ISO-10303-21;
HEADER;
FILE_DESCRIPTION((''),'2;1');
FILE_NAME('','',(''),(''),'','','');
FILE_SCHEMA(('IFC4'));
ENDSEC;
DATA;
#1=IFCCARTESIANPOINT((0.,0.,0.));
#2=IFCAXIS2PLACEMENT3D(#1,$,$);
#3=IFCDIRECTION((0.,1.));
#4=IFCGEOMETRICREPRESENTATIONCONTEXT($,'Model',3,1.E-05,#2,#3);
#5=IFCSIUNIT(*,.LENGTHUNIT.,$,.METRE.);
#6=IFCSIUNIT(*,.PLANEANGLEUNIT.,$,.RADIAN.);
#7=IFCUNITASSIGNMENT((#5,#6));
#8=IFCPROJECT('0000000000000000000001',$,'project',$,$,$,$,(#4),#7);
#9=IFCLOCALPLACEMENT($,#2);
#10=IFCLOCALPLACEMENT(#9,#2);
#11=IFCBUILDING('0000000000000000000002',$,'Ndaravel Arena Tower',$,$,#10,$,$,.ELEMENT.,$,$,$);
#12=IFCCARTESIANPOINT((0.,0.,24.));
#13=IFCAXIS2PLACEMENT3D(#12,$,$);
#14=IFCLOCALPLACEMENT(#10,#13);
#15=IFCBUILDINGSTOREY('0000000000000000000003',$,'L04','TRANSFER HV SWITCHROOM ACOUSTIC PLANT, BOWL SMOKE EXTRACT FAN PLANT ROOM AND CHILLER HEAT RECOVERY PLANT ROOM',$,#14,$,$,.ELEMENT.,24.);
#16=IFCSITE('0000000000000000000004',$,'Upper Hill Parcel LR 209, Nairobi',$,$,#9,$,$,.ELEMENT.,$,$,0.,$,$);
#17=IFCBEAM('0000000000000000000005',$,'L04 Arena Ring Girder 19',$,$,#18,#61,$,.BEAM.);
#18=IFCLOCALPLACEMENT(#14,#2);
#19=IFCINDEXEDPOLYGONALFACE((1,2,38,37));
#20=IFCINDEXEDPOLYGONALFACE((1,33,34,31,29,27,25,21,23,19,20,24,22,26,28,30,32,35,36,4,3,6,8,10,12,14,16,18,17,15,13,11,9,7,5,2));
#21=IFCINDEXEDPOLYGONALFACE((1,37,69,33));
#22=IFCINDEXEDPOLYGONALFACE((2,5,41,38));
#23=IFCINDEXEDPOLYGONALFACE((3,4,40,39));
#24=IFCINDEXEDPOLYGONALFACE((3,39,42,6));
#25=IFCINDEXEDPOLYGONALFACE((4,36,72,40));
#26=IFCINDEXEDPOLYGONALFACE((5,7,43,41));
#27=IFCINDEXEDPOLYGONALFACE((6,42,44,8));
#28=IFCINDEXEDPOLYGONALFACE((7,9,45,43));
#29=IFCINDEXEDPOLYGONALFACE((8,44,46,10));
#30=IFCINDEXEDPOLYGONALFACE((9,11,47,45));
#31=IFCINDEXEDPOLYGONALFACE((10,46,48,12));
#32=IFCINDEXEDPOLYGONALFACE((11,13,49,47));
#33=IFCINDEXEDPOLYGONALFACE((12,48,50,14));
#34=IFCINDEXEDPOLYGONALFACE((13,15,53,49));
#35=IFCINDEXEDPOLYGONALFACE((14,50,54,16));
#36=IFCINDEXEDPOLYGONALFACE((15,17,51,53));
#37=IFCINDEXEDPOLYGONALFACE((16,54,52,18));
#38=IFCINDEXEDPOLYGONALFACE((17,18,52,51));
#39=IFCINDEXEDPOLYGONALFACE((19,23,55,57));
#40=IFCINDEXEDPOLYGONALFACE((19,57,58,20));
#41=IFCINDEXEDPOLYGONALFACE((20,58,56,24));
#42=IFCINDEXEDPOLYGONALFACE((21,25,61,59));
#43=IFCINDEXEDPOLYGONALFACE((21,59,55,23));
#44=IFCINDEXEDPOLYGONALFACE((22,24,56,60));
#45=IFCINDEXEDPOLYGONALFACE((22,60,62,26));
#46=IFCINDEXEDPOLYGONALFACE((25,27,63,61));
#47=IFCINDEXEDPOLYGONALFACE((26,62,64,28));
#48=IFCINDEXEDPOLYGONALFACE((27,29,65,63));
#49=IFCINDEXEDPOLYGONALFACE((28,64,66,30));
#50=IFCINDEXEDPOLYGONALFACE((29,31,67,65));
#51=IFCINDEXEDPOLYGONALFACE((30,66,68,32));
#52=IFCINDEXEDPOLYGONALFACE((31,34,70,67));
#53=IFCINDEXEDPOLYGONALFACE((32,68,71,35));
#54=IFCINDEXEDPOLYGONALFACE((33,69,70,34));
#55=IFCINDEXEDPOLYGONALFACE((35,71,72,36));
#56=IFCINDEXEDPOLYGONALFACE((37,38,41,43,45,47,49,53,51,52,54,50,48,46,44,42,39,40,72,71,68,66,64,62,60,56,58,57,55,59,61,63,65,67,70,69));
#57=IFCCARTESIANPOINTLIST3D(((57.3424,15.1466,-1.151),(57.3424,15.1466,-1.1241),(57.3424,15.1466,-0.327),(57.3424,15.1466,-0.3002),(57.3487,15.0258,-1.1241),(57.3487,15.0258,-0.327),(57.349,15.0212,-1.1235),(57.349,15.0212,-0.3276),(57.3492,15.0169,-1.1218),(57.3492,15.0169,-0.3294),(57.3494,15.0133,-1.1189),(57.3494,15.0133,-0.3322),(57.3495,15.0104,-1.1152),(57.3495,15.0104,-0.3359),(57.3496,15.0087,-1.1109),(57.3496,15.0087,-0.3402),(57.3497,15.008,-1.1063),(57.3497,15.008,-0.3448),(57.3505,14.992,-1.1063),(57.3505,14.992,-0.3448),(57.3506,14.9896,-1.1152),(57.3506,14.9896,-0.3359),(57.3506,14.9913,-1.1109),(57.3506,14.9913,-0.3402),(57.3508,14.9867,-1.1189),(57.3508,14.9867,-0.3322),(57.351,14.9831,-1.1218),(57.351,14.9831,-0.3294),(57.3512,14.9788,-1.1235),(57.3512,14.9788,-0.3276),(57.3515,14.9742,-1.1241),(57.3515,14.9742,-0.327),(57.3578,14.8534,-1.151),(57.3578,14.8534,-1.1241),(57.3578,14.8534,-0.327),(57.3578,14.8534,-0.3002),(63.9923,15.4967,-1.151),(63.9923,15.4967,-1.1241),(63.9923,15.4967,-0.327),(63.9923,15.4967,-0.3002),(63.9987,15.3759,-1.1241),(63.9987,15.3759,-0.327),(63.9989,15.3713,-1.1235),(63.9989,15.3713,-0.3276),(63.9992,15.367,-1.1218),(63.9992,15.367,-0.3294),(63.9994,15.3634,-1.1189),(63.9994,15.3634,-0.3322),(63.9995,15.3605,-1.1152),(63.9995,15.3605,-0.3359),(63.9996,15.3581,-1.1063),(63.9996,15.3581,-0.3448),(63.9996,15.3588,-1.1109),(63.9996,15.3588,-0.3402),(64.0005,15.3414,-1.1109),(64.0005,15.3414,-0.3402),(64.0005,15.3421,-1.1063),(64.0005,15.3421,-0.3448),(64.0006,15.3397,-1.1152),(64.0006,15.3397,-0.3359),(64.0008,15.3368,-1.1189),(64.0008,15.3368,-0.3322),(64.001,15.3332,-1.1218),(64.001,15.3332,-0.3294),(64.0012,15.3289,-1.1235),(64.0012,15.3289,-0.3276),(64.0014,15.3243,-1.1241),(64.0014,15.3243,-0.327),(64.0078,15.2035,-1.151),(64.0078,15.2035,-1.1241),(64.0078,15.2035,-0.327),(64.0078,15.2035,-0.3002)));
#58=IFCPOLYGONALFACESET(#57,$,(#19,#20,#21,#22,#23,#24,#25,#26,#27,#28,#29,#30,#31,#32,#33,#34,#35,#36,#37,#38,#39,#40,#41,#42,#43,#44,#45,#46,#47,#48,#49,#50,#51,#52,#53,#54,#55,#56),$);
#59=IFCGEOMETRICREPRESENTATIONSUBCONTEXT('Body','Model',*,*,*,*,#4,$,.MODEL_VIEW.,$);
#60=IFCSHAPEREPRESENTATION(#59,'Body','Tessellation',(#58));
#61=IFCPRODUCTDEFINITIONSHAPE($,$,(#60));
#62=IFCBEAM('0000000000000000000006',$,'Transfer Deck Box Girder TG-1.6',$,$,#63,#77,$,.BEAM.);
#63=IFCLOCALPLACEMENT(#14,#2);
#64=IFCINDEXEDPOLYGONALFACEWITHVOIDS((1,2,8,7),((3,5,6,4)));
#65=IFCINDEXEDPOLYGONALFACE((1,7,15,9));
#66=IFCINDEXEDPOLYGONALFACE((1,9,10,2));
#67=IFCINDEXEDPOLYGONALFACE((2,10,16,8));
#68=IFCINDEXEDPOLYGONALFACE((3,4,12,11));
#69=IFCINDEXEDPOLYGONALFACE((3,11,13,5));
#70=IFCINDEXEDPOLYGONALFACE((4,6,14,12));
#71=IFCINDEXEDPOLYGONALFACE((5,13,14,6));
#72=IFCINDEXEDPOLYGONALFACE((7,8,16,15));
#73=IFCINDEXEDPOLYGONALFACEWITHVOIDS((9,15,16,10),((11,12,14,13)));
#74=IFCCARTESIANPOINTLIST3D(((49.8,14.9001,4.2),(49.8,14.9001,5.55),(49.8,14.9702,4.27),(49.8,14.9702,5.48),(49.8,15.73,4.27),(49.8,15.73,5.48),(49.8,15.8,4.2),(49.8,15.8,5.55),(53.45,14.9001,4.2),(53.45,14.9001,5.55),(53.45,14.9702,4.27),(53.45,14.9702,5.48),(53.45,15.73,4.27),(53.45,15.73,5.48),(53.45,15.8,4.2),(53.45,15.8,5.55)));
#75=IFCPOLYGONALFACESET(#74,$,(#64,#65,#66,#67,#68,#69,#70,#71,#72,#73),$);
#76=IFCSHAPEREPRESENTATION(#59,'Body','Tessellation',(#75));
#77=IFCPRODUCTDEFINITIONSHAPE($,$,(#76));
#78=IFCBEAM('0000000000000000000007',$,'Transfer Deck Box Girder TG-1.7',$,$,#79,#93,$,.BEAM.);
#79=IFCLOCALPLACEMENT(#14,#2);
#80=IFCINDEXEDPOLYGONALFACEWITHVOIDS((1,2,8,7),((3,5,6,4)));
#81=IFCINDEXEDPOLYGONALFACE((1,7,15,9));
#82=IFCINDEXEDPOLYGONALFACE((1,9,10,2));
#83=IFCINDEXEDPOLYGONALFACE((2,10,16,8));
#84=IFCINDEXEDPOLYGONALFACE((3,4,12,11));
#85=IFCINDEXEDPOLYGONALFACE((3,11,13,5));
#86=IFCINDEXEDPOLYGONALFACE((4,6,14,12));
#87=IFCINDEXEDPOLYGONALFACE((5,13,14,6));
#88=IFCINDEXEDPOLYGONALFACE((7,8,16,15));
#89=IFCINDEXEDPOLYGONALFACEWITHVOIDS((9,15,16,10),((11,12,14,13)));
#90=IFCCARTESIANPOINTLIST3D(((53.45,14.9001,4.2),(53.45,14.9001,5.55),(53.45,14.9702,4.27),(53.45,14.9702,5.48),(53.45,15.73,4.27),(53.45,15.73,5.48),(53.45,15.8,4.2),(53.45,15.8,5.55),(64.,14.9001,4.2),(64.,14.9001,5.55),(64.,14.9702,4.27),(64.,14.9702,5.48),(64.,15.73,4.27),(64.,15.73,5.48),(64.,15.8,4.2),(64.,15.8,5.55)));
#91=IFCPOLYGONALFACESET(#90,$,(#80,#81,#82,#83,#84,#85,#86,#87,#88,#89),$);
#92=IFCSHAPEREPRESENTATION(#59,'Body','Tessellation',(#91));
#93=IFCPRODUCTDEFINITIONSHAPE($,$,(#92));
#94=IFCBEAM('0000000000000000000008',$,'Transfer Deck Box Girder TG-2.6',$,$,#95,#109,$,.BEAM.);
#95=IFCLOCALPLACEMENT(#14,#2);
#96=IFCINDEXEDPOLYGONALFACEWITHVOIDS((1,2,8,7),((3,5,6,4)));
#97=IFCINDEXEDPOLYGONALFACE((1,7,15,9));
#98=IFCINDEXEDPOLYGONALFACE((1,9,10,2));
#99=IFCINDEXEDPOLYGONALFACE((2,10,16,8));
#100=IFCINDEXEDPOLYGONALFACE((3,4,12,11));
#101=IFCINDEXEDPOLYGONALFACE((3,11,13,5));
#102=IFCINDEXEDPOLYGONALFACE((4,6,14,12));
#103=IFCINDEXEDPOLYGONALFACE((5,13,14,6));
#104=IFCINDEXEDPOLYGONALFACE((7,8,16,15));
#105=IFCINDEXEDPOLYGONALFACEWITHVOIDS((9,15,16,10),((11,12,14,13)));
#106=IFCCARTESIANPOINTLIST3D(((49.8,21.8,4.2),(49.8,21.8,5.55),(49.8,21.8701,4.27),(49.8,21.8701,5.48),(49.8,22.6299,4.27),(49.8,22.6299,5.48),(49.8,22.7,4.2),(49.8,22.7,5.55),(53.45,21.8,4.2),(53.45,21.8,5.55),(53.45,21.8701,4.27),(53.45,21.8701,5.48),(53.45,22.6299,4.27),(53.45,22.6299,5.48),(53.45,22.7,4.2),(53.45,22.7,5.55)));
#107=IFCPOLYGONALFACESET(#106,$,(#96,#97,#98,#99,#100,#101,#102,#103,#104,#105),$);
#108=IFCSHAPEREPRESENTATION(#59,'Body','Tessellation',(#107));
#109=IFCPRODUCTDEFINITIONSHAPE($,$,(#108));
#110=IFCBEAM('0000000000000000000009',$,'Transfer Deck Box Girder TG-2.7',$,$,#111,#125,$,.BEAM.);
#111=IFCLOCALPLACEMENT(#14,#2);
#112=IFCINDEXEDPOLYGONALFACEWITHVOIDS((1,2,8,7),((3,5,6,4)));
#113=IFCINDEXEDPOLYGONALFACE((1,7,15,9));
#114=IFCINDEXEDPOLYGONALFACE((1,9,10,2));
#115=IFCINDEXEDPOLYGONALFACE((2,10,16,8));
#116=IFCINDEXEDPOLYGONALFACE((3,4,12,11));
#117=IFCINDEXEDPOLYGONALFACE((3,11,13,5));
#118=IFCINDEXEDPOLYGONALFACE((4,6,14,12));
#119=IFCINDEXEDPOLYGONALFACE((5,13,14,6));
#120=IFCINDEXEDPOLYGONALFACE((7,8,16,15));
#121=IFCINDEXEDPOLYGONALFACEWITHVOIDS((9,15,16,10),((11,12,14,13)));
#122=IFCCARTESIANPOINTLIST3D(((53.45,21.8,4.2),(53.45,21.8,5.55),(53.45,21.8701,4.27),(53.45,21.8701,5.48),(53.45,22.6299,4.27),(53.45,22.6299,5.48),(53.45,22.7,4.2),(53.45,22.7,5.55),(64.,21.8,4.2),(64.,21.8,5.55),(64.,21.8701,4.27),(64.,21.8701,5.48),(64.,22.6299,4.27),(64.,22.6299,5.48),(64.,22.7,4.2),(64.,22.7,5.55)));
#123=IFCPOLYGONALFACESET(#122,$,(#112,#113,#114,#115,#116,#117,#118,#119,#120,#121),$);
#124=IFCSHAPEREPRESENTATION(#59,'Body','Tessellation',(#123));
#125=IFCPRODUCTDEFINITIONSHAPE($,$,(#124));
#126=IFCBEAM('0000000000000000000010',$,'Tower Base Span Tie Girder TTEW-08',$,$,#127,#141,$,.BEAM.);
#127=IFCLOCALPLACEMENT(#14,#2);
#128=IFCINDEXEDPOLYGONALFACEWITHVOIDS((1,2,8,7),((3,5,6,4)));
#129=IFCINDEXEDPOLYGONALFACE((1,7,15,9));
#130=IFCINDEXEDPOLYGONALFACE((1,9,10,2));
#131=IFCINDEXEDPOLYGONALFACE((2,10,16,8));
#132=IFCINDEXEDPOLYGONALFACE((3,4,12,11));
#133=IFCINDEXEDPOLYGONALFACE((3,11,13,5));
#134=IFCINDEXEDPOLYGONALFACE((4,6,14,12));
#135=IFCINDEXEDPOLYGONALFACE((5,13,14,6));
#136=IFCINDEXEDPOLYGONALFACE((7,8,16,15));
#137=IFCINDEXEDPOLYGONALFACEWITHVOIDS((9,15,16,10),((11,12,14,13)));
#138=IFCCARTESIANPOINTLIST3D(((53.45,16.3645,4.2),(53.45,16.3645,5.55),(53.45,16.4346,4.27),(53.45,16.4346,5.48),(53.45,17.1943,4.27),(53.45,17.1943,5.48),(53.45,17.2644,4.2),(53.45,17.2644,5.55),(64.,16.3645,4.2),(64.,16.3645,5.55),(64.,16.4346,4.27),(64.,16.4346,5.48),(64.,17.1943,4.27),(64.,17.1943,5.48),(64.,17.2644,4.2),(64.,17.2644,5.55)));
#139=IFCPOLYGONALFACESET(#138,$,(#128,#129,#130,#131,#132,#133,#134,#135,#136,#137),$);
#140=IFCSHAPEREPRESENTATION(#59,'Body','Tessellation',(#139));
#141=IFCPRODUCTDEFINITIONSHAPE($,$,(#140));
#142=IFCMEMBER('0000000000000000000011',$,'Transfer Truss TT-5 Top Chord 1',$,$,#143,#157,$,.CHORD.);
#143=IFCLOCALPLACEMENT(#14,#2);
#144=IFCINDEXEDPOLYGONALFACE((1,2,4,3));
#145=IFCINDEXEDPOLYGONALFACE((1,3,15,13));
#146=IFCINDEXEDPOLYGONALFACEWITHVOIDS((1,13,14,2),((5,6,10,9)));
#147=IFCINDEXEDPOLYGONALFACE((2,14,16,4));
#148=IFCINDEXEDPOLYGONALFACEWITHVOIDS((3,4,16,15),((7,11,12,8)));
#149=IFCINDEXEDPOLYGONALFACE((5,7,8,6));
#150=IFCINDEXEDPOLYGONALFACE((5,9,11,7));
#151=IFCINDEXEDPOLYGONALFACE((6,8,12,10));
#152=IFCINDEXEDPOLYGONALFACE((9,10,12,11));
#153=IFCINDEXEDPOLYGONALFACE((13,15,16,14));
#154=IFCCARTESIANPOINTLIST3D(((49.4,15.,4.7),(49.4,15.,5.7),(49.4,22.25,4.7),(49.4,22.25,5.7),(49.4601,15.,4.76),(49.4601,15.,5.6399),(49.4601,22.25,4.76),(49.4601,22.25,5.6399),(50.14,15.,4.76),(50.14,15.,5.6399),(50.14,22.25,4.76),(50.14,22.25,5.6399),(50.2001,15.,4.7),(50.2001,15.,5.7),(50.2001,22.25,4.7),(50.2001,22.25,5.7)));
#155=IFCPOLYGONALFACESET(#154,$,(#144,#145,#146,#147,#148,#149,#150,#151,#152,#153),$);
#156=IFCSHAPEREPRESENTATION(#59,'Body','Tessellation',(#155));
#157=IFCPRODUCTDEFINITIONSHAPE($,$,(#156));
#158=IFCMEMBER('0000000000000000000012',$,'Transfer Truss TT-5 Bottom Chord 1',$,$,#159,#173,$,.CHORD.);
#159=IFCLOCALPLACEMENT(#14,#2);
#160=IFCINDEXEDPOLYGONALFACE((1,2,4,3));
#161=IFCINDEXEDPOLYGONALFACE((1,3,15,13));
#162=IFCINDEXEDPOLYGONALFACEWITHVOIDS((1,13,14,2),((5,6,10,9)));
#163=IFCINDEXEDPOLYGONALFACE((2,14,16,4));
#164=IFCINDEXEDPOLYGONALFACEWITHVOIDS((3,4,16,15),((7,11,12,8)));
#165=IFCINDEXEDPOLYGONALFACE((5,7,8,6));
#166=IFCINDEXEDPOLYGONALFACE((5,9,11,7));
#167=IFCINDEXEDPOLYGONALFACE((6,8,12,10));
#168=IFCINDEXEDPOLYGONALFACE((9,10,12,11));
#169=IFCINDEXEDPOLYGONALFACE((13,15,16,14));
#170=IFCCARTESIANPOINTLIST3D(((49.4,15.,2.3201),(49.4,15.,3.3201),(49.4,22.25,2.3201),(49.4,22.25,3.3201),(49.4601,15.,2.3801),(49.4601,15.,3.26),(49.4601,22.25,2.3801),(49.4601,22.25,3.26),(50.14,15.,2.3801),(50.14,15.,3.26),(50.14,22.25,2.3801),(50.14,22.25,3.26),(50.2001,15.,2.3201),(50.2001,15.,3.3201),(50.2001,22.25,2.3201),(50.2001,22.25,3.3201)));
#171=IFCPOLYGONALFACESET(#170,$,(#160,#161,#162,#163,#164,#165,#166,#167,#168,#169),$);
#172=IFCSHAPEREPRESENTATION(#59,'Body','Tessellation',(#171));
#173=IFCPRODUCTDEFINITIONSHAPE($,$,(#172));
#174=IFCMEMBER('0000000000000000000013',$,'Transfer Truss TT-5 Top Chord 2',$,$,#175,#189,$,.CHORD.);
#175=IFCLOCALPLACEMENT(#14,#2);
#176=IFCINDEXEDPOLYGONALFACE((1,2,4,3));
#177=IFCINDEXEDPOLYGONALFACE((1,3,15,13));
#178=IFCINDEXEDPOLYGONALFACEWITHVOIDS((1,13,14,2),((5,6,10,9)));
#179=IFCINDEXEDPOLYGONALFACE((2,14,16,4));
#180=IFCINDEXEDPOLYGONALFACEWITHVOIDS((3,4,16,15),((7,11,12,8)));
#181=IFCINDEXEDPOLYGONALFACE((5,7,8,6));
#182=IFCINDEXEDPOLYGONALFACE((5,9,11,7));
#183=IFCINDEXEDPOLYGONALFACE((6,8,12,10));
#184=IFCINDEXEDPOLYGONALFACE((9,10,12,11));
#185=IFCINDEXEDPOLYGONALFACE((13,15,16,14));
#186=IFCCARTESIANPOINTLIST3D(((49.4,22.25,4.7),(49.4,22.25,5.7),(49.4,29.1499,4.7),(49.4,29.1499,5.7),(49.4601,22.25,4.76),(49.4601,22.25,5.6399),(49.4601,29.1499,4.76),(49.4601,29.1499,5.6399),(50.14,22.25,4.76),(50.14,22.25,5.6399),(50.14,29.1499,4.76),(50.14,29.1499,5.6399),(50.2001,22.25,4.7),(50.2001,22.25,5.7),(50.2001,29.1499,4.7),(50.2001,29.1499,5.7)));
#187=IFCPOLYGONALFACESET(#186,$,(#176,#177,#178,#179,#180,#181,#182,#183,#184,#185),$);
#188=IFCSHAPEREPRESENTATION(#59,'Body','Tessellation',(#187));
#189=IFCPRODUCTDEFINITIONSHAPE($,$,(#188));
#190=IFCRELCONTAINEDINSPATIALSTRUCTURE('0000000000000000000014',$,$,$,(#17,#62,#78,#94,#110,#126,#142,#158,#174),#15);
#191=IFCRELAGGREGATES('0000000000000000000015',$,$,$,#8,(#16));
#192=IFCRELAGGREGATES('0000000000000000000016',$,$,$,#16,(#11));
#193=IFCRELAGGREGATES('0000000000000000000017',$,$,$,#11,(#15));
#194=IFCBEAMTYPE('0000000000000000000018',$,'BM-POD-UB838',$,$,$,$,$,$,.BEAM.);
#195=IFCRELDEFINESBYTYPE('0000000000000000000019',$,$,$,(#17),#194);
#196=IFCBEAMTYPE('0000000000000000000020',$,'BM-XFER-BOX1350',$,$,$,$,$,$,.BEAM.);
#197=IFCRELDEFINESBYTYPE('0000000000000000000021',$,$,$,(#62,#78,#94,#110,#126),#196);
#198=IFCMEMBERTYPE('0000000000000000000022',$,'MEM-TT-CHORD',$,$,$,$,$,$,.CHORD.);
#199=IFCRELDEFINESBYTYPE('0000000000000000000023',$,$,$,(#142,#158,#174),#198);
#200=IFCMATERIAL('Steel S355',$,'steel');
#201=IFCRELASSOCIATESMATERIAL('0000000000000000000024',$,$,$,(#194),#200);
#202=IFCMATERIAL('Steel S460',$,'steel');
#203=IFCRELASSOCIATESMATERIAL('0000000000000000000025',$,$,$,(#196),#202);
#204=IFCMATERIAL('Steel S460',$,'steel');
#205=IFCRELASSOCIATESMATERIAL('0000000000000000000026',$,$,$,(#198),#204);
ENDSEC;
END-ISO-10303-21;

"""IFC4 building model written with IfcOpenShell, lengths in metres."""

from ifc_helpers import new_model, si_unit, direction, frame, origin, origin_2d, place, context, subcontext, project, spatial, hollow_rectangle, i_section, extrude, material, material_profile, profile_set, type_object, element, save


model = new_model("IFC4")

# Units and contexts
model_context = context("Model", 3, precision=1e-05, world=origin(), true_north=direction((0.0, 1.0)))
body_context = subcontext(model_context, "Body", "Model", "MODEL_VIEW")
ifc_project = project(units=[si_unit("LENGTHUNIT", "METRE"), si_unit("PLANEANGLEUNIT", "RADIAN")], contexts=[model_context])

# Site, building, storey
site_placement = place(None, origin())
site = spatial("IfcSite", under=ifc_project, at=site_placement, Name="Upper Hill Parcel LR 209, Nairobi", CompositionType="ELEMENT", RefElevation=0.0)
building_placement = place(site_placement, origin())
building = spatial("IfcBuilding", under=site, at=building_placement, Name="Ndaravel Arena Tower", CompositionType="ELEMENT")
storey_placement = place(building_placement, frame((0.0, 0.0, 24.0)))
storey = spatial("IfcBuildingStorey", under=building, at=storey_placement, Name="L04", Description="TRANSFER HV SWITCHROOM ACOUSTIC PLANT, BOWL SMOKE EXTRACT FAN PLANT ROOM AND CHILLER HEAT RECOVERY PLANT ROOM", CompositionType="ELEMENT", Elevation=24.0)

# Beams
ifc_material_1 = material(Name="Steel S355", Category="steel")
ifc_material_profile_1 = material_profile(ifc_material_1, i_section(OverallWidth=0.2937, OverallDepth=0.8508, WebThickness=0.0161, FlangeThickness=0.0269, FilletRadius=0.0178, at=origin_2d()), Name="UB 838x292x226")
ifc_profile_set_1 = profile_set([ifc_material_profile_1], Name="Steel S355")
beam_type_1 = type_object("IfcBeamType", Name="BM-POD-UB838", PredefinedType="BEAM", material=ifc_profile_set_1)
beam_1_placement = place(storey_placement, frame((57.3501, 15.0, -0.7256), z_axis=(0.998617, 0.052574, 0.0), x_axis=(-0.052574, 0.998617, 0.0)))
element("IfcBeam", 1, at=beam_1_placement, inside=storey, type_object=beam_type_1, Name="L04 Arena Ring Girder 19", PredefinedType="BEAM", context=body_context, shape_type="SweptSolid", body=[
    extrude(i_section(OverallWidth=0.2937, OverallDepth=0.8508, WebThickness=0.0161, FlangeThickness=0.0269, FilletRadius=0.0178, at=origin_2d()), origin(), (0.0, 0.0, 1.0), 6.6592),
])
ifc_material_2 = material(Name="Steel S460", Category="steel")
ifc_material_profile_2 = material_profile(ifc_material_2, hollow_rectangle(XDim=0.8999, YDim=1.3501, WallThickness=0.0701, at=origin_2d()), Name="BOX 1350x900x70")
ifc_profile_set_2 = profile_set([ifc_material_profile_2], Name="Steel S460")
beam_type_2 = type_object("IfcBeamType", Name="BM-XFER-BOX1350", PredefinedType="BEAM", material=ifc_profile_set_2)
beam_2_placement = place(storey_placement, frame((49.8, 15.3501, 4.875), z_axis=(1.0, 0.0, 0.0), x_axis=(0.0, 1.0, 0.0)))
element("IfcBeam", 2, at=beam_2_placement, inside=storey, type_object=beam_type_2, Name="Transfer Deck Box Girder TG-1.6", PredefinedType="BEAM", context=body_context, shape_type="SweptSolid", body=[
    extrude(hollow_rectangle(XDim=0.8999, YDim=1.3501, WallThickness=0.0701, at=origin_2d()), origin(), (0.0, 0.0, 1.0), 3.6499),
])
beam_3_placement = place(storey_placement, frame((53.45, 15.3501, 4.875), z_axis=(1.0, 0.0, 0.0), x_axis=(0.0, 1.0, 0.0)))
element("IfcBeam", 3, at=beam_3_placement, inside=storey, type_object=beam_type_2, Name="Transfer Deck Box Girder TG-1.7", PredefinedType="BEAM", context=body_context, shape_type="SweptSolid", body=[
    extrude(hollow_rectangle(XDim=0.8999, YDim=1.3501, WallThickness=0.0701, at=origin_2d()), origin(), (0.0, 0.0, 1.0), 10.55),
])
beam_4_placement = place(storey_placement, frame((49.8, 22.25, 4.875), z_axis=(1.0, 0.0, 0.0), x_axis=(0.0, 1.0, 0.0)))
element("IfcBeam", 4, at=beam_4_placement, inside=storey, type_object=beam_type_2, Name="Transfer Deck Box Girder TG-2.6", PredefinedType="BEAM", context=body_context, shape_type="SweptSolid", body=[
    extrude(hollow_rectangle(XDim=0.8999, YDim=1.3501, WallThickness=0.0701, at=origin_2d()), origin(), (0.0, 0.0, 1.0), 3.6499),
])
for number, where, z_axis, x_axis, name in (
    (5, (53.45, 22.25, 4.875), (1.0, 0.0, 0.0), (0.0, 1.0, 0.0), "Transfer Deck Box Girder TG-2.7"),
    (6, (53.45, 16.8145, 4.875), (1.0, 0.0, 0.0), (0.0, 1.0, 0.0), "Tower Base Span Tie Girder TTEW-08"),
):
    element("IfcBeam", number, at=place(storey_placement, frame(where, z_axis=z_axis, x_axis=x_axis)), inside=storey, type_object=beam_type_2, Name=name, PredefinedType="BEAM", context=body_context, shape_type="SweptSolid", body=[
        extrude(hollow_rectangle(XDim=0.8999, YDim=1.3501, WallThickness=0.0701, at=origin_2d()), origin(), (0.0, 0.0, 1.0), 10.55),
    ])

# Members
ifc_material_3 = material(Name="Steel S460", Category="steel")
ifc_material_profile_3 = material_profile(ifc_material_3, hollow_rectangle(XDim=0.8, YDim=1.0, WallThickness=0.0601, at=origin_2d()), Name="BOX 1000x800x60")
ifc_profile_set_3 = profile_set([ifc_material_profile_3], Name="Steel S460")
member_type_1 = type_object("IfcMemberType", Name="MEM-TT-CHORD", PredefinedType="CHORD", material=ifc_profile_set_3)
for number, where, z_axis, x_axis, name in (
    (7, (49.8, 15.0, 5.2), (0.0, 1.0, 0.0), (-1.0, 0.0, 0.0), "Transfer Truss TT-5 Top Chord 1"),
    (8, (49.8, 15.0, 2.8201), (0.0, 1.0, 0.0), (-1.0, 0.0, 0.0), "Transfer Truss TT-5 Bottom Chord 1"),
):
    element("IfcMember", number, at=place(storey_placement, frame(where, z_axis=z_axis, x_axis=x_axis)), inside=storey, type_object=member_type_1, Name=name, PredefinedType="CHORD", context=body_context, shape_type="SweptSolid", body=[
        extrude(hollow_rectangle(XDim=0.8, YDim=1.0, WallThickness=0.0601, at=origin_2d()), origin(), (0.0, 0.0, 1.0), 7.25),
    ])
for number, where, z_axis, x_axis, name in (
    (9, (49.8, 22.25, 5.2), (0.0, 1.0, 0.0), (-1.0, 0.0, 0.0), "Transfer Truss TT-5 Top Chord 2"),
):
    element("IfcMember", number, at=place(storey_placement, frame(where, z_axis=z_axis, x_axis=x_axis)), inside=storey, type_object=member_type_1, Name=name, PredefinedType="CHORD", context=body_context, shape_type="SweptSolid", body=[
        extrude(hollow_rectangle(XDim=0.8, YDim=1.0, WallThickness=0.0601, at=origin_2d()), origin(), (0.0, 0.0, 1.0), 6.8999),
    ])

save(model, "model.ifc")
